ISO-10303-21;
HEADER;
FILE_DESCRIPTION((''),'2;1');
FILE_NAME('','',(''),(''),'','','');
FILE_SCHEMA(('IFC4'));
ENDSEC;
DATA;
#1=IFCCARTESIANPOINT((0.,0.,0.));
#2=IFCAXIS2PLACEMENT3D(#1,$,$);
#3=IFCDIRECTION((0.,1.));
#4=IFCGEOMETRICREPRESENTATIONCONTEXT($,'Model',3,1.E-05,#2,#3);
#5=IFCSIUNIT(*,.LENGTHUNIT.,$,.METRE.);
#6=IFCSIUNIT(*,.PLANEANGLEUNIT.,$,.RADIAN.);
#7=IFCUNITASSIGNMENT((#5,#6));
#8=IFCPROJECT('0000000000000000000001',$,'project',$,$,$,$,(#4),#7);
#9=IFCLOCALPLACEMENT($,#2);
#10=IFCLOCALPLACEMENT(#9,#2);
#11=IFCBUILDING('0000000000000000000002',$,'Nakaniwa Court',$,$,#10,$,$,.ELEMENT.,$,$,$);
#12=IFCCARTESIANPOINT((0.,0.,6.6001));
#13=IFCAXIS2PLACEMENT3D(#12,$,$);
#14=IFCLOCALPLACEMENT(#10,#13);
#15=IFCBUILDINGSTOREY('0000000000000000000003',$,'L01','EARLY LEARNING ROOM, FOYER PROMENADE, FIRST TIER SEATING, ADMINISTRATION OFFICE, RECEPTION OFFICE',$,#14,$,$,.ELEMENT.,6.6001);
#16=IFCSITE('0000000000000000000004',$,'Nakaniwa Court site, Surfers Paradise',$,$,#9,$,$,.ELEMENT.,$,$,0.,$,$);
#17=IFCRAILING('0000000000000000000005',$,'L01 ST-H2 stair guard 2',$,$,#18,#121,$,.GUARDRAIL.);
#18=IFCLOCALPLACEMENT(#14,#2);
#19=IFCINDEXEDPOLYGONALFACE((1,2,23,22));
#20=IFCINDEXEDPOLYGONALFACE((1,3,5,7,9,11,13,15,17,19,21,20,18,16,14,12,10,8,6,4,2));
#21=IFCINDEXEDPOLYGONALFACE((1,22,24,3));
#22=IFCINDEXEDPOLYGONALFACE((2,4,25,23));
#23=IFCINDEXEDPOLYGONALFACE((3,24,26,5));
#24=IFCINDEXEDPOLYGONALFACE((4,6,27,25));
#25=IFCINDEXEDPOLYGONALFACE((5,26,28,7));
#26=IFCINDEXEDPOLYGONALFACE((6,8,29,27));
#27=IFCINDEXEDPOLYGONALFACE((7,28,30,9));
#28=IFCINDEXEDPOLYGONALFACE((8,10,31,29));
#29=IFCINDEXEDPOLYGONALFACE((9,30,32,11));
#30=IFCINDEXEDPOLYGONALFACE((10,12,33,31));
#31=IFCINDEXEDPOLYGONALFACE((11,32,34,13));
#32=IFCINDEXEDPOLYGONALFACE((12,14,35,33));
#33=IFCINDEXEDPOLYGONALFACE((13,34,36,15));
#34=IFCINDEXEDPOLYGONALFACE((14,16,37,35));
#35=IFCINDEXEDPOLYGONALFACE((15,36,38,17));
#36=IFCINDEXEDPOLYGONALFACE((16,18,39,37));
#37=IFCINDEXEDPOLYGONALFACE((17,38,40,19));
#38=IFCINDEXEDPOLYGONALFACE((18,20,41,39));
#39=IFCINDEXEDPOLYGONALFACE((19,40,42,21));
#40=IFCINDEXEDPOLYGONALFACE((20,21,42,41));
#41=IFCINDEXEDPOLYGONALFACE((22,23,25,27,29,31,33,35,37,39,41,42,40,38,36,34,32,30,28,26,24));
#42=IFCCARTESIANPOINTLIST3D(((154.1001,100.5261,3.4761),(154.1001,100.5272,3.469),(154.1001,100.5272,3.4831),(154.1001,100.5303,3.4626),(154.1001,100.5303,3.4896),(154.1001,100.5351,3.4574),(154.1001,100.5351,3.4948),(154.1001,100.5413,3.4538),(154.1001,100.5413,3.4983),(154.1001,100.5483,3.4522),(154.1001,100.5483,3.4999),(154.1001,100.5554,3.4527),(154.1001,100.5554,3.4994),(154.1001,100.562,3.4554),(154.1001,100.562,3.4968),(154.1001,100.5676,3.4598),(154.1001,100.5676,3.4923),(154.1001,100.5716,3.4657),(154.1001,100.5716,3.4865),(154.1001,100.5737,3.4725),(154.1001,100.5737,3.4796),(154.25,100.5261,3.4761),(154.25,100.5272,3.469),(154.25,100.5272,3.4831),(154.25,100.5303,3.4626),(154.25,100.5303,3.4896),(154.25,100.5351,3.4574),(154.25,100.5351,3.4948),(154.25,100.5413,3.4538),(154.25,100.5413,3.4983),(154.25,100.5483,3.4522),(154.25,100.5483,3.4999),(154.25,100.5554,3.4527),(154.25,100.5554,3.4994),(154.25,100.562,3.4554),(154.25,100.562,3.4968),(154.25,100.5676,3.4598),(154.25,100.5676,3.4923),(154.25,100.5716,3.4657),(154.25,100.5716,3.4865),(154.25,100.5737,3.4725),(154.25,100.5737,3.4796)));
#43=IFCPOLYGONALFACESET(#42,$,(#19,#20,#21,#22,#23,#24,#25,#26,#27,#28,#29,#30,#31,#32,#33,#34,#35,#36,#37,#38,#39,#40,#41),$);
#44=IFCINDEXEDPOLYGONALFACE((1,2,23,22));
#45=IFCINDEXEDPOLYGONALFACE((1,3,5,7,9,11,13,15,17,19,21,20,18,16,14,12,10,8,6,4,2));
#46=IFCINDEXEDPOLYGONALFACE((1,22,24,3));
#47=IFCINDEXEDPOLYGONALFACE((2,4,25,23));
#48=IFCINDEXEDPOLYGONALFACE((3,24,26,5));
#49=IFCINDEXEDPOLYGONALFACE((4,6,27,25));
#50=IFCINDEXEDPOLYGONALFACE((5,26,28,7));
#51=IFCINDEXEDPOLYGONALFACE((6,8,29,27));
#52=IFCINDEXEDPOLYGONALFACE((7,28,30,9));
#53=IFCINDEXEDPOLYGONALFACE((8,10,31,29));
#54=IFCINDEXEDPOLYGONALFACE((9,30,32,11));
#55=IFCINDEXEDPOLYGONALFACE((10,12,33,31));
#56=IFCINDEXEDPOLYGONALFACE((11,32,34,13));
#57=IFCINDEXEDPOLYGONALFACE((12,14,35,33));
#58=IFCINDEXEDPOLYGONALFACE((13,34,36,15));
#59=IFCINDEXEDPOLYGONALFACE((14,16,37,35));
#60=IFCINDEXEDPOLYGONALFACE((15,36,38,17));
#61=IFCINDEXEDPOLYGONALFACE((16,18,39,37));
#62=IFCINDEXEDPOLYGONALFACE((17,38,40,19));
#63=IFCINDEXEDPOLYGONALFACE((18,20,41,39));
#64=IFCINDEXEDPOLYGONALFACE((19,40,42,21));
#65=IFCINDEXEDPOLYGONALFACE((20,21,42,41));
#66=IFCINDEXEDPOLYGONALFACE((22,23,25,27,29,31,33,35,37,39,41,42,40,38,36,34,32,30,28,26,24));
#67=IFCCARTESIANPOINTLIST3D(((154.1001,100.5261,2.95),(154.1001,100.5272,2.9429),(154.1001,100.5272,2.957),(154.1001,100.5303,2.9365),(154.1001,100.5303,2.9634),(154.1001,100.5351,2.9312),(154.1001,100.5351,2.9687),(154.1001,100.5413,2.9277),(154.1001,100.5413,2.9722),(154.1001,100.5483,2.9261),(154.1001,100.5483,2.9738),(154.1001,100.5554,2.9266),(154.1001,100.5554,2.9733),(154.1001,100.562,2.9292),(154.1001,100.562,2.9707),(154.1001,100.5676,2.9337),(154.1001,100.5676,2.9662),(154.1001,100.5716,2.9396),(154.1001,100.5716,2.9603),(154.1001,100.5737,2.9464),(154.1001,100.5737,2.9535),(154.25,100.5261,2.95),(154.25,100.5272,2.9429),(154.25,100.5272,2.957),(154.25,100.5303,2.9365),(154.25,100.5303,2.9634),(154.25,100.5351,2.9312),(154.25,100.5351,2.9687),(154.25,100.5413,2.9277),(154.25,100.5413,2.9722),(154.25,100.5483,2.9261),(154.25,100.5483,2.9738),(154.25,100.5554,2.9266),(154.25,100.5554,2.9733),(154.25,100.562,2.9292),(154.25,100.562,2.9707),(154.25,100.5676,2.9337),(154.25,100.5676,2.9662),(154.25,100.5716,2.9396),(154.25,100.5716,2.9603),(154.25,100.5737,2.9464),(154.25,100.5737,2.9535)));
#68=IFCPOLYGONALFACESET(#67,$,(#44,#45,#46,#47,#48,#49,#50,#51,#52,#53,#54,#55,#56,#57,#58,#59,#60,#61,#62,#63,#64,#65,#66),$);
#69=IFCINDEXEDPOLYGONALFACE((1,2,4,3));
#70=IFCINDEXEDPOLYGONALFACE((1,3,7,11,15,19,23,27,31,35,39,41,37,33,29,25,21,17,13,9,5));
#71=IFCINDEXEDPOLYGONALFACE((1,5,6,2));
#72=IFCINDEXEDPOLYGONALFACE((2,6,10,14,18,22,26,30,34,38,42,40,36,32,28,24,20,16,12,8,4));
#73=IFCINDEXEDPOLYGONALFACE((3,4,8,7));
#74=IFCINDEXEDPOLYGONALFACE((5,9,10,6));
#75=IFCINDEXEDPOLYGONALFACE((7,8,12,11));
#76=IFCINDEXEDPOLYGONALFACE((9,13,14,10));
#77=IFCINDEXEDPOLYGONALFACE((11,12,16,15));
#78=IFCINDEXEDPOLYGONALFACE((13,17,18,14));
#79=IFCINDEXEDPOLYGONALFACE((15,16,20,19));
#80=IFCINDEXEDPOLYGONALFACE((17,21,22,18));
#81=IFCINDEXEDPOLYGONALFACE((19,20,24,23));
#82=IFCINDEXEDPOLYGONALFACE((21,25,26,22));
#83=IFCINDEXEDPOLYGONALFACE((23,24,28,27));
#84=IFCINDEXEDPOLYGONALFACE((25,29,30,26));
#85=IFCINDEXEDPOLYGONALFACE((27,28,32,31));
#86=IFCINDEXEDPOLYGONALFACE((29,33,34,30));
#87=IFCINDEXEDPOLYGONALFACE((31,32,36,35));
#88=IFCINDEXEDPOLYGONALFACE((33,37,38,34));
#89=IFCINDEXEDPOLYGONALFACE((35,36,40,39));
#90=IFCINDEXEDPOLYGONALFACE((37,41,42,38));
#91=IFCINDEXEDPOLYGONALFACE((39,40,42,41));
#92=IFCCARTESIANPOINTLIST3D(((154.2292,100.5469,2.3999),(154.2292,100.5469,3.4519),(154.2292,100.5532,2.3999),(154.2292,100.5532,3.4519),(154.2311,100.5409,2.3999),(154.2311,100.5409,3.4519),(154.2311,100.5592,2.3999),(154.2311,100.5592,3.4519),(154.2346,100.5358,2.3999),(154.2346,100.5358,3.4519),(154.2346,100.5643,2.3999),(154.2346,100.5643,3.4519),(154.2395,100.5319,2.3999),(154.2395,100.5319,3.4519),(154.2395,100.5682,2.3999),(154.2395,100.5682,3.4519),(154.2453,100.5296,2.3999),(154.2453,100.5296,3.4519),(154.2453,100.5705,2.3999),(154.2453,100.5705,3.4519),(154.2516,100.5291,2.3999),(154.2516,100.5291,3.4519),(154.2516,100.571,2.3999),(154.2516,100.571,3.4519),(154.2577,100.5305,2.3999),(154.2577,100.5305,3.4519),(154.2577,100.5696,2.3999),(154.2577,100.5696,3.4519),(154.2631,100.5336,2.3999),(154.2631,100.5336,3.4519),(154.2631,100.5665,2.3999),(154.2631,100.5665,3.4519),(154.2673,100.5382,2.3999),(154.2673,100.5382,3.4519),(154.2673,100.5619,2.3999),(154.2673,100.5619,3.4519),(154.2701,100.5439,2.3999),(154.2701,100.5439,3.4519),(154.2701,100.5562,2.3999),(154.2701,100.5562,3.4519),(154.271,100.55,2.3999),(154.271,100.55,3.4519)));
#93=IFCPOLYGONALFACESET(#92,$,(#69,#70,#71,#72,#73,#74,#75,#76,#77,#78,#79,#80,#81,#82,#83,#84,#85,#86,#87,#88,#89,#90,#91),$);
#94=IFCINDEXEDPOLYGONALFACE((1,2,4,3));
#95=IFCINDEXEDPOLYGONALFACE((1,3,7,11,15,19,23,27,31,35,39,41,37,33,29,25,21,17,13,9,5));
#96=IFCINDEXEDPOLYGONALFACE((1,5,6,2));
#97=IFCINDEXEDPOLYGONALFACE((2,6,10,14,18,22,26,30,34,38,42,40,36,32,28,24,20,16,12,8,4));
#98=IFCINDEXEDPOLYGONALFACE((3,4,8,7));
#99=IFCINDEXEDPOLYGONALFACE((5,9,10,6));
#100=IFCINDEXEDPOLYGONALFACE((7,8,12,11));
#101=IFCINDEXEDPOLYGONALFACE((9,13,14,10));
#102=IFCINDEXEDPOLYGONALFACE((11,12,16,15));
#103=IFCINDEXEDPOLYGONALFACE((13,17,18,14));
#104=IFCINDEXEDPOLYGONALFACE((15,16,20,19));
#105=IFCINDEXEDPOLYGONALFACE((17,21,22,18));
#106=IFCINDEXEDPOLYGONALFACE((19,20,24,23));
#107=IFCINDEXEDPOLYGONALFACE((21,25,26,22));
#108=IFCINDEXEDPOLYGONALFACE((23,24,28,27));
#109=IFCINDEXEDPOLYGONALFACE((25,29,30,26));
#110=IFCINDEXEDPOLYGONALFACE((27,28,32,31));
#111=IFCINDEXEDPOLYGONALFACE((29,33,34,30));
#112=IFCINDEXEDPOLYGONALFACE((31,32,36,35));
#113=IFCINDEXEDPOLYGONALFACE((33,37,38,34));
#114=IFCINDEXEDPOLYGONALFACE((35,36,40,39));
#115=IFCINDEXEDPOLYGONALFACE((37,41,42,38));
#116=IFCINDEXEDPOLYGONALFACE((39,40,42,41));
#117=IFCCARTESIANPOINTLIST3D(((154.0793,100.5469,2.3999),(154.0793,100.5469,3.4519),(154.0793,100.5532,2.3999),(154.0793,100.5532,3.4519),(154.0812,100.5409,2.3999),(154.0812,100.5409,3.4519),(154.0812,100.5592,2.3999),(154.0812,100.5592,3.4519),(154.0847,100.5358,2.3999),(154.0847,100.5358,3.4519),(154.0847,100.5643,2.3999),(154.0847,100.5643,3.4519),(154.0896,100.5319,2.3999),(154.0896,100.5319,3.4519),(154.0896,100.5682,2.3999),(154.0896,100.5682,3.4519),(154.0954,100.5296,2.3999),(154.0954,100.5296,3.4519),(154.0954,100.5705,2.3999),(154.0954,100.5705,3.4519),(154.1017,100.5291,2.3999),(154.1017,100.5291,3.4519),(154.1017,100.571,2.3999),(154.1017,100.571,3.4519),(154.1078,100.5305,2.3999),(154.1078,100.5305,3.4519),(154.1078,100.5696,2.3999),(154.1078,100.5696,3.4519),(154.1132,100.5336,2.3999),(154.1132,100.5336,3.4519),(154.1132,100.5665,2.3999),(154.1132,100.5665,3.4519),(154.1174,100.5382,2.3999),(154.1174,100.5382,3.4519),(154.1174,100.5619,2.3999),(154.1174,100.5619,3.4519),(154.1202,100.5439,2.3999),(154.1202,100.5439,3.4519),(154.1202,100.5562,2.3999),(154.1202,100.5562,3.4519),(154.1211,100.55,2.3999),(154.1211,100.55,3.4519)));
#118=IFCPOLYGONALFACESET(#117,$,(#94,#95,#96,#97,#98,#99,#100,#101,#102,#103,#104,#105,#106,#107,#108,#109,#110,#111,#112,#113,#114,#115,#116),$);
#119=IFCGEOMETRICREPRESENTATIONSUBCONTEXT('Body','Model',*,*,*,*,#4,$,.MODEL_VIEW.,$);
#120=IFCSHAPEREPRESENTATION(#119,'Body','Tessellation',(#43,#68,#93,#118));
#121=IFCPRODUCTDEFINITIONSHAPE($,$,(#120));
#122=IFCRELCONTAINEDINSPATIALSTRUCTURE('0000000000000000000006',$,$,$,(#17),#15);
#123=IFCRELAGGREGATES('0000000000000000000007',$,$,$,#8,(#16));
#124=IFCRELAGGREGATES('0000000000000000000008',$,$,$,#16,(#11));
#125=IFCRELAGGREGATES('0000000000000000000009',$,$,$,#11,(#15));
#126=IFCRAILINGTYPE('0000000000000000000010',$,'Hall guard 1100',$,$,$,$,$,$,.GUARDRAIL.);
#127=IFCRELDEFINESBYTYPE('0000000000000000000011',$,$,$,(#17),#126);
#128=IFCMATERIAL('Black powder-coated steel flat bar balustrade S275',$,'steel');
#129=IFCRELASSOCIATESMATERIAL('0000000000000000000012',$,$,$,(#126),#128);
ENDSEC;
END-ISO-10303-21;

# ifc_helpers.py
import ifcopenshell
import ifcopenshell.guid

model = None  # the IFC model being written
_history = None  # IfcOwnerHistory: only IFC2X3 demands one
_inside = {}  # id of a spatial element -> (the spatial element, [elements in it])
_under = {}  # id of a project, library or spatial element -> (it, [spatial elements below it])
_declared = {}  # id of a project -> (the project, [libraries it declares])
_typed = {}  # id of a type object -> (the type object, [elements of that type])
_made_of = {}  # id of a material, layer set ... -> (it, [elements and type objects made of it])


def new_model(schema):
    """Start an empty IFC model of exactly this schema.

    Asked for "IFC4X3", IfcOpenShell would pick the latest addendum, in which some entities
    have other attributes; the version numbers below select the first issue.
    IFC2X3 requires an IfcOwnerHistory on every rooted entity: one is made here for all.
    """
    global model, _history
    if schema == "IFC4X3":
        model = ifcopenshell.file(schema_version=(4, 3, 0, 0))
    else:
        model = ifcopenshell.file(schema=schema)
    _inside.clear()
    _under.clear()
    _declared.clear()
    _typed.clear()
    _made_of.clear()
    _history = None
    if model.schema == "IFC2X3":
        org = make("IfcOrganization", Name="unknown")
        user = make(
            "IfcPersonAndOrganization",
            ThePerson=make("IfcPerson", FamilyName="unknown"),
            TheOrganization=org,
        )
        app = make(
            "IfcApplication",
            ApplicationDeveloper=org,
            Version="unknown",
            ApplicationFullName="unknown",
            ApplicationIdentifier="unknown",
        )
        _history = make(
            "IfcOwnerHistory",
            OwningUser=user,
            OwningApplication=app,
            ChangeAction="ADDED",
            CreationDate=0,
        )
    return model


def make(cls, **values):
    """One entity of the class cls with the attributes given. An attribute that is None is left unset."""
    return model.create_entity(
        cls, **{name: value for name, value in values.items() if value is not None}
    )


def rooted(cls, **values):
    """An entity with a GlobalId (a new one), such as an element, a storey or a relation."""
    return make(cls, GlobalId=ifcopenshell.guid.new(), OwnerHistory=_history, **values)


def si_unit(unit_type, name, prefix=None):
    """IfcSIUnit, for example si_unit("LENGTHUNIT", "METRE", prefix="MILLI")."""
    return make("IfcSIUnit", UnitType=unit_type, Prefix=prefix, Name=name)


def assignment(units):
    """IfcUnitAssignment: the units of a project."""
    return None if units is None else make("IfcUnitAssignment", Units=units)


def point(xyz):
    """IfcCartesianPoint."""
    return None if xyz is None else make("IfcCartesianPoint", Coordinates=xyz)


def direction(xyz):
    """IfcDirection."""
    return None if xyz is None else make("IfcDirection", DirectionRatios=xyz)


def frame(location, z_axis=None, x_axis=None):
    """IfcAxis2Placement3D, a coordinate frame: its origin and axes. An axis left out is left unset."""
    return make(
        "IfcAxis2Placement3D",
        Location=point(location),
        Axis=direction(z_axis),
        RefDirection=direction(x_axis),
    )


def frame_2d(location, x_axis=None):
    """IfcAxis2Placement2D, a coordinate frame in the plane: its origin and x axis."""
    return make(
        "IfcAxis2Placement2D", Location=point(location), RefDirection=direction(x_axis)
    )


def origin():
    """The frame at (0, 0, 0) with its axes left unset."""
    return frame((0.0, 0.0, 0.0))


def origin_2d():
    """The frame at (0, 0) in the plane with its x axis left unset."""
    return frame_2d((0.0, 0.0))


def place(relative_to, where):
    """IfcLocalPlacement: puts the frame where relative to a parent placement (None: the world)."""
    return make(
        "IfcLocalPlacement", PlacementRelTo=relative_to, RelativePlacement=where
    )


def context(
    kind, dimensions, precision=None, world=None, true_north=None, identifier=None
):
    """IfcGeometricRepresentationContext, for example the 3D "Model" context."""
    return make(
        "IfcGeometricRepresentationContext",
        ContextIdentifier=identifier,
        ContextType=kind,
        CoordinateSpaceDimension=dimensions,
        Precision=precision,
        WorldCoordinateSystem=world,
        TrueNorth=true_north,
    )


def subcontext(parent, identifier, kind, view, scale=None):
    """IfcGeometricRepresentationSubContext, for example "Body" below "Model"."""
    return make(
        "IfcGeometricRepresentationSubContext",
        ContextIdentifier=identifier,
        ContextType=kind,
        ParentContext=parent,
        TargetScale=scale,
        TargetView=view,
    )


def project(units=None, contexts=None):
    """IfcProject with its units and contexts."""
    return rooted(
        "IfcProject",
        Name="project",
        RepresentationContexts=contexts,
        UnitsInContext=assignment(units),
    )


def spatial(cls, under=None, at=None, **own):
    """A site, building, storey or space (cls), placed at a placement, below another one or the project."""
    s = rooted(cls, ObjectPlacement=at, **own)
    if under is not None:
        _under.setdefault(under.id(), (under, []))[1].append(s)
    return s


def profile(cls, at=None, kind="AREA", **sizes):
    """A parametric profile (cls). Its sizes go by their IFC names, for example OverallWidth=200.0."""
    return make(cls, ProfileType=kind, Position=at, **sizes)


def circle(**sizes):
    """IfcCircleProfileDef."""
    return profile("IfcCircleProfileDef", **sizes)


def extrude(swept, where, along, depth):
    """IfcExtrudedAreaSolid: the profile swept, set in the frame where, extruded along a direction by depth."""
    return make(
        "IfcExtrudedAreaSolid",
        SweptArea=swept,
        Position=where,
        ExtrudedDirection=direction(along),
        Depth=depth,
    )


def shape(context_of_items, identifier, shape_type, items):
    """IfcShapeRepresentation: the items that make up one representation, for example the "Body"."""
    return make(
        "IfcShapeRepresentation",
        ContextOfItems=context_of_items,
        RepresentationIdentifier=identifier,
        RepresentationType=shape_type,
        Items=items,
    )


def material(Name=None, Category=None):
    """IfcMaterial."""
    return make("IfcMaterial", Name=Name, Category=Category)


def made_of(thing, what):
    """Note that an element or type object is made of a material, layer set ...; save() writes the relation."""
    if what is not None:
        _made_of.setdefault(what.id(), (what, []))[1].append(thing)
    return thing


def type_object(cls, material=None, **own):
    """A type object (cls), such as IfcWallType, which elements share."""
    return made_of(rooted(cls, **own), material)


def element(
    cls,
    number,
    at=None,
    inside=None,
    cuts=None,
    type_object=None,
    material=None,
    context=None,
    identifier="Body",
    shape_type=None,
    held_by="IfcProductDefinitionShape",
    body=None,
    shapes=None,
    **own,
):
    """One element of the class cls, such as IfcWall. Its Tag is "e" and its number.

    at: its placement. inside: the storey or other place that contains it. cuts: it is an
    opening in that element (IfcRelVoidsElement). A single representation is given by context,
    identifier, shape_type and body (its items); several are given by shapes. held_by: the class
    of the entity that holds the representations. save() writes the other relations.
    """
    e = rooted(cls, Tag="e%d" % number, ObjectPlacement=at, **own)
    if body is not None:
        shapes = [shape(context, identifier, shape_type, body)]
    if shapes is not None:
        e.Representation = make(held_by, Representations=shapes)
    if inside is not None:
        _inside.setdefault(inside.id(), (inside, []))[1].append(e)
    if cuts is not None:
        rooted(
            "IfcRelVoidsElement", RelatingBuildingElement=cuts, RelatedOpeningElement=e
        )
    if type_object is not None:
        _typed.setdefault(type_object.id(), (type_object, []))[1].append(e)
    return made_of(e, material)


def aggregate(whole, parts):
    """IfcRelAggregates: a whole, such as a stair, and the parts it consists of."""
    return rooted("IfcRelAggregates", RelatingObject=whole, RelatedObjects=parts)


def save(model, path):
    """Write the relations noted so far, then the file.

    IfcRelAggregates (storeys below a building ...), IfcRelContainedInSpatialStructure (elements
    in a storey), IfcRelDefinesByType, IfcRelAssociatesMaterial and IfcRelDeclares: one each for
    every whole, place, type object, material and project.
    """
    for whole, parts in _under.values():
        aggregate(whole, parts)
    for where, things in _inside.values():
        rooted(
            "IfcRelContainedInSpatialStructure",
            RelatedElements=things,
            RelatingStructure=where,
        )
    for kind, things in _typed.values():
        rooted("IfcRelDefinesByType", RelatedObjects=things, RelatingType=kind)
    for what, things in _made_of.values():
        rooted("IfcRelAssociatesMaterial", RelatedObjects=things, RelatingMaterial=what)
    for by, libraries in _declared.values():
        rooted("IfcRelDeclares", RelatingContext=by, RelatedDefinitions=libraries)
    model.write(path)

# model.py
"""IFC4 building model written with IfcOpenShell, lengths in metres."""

from ifc_helpers import new_model, si_unit, direction, frame, origin, origin_2d, place, context, subcontext, project, spatial, circle, extrude, material, type_object, element, save


model = new_model("IFC4")

# Units and contexts
model_context = context("Model", 3, precision=1e-05, world=origin(), true_north=direction((0.0, 1.0)))
body_context = subcontext(model_context, "Body", "Model", "MODEL_VIEW")
ifc_project = project(units=[si_unit("LENGTHUNIT", "METRE"), si_unit("PLANEANGLEUNIT", "RADIAN")], contexts=[model_context])

# Site, building, storey
site_placement = place(None, origin())
site = spatial("IfcSite", under=ifc_project, at=site_placement, Name="Nakaniwa Court site, Surfers Paradise", CompositionType="ELEMENT", RefElevation=0.0)
building_placement = place(site_placement, origin())
building = spatial("IfcBuilding", under=site, at=building_placement, Name="Nakaniwa Court", CompositionType="ELEMENT")
storey_placement = place(building_placement, frame((0.0, 0.0, 6.6001)))
storey = spatial("IfcBuildingStorey", under=building, at=storey_placement, Name="L01", Description="EARLY LEARNING ROOM, FOYER PROMENADE, FIRST TIER SEATING, ADMINISTRATION OFFICE, RECEPTION OFFICE", CompositionType="ELEMENT", Elevation=6.6001)

# Railing
ifc_material_1 = material(Name="Black powder-coated steel flat bar balustrade S275", Category="steel")
railing_type_1 = type_object("IfcRailingType", Name="Hall guard 1100", PredefinedType="GUARDRAIL", material=ifc_material_1)
railing_1_placement = place(storey_placement, frame((154.25, 100.55, 2.3999)))
element("IfcRailing", 1, at=railing_1_placement, inside=storey, type_object=railing_type_1, Name="L01 ST-H2 stair guard 2", PredefinedType="GUARDRAIL", context=body_context, shape_type="SweptSolid", body=[
    extrude(circle(Radius=0.0239, at=origin_2d()), frame((0.0, 0.0, 1.0762), z_axis=(-1.0, 0.0, 0.0), x_axis=(0.0, -1.0, 0.0)), (0.0, 0.0, 1.0), 0.1499),
    extrude(circle(Radius=0.0239, at=origin_2d()), frame((0.0, 0.0, 0.55), z_axis=(-1.0, 0.0, 0.0), x_axis=(0.0, -1.0, 0.0)), (0.0, 0.0, 1.0), 0.1499),
    extrude(circle(Radius=0.021, at=origin_2d()), origin(), (0.0, 0.0, 1.0), 1.052),
    extrude(circle(Radius=0.021, at=origin_2d()), frame((-0.1499, 0.0, 0.0)), (0.0, 0.0, 1.0), 1.052),
])

save(model, "model.ifc")
